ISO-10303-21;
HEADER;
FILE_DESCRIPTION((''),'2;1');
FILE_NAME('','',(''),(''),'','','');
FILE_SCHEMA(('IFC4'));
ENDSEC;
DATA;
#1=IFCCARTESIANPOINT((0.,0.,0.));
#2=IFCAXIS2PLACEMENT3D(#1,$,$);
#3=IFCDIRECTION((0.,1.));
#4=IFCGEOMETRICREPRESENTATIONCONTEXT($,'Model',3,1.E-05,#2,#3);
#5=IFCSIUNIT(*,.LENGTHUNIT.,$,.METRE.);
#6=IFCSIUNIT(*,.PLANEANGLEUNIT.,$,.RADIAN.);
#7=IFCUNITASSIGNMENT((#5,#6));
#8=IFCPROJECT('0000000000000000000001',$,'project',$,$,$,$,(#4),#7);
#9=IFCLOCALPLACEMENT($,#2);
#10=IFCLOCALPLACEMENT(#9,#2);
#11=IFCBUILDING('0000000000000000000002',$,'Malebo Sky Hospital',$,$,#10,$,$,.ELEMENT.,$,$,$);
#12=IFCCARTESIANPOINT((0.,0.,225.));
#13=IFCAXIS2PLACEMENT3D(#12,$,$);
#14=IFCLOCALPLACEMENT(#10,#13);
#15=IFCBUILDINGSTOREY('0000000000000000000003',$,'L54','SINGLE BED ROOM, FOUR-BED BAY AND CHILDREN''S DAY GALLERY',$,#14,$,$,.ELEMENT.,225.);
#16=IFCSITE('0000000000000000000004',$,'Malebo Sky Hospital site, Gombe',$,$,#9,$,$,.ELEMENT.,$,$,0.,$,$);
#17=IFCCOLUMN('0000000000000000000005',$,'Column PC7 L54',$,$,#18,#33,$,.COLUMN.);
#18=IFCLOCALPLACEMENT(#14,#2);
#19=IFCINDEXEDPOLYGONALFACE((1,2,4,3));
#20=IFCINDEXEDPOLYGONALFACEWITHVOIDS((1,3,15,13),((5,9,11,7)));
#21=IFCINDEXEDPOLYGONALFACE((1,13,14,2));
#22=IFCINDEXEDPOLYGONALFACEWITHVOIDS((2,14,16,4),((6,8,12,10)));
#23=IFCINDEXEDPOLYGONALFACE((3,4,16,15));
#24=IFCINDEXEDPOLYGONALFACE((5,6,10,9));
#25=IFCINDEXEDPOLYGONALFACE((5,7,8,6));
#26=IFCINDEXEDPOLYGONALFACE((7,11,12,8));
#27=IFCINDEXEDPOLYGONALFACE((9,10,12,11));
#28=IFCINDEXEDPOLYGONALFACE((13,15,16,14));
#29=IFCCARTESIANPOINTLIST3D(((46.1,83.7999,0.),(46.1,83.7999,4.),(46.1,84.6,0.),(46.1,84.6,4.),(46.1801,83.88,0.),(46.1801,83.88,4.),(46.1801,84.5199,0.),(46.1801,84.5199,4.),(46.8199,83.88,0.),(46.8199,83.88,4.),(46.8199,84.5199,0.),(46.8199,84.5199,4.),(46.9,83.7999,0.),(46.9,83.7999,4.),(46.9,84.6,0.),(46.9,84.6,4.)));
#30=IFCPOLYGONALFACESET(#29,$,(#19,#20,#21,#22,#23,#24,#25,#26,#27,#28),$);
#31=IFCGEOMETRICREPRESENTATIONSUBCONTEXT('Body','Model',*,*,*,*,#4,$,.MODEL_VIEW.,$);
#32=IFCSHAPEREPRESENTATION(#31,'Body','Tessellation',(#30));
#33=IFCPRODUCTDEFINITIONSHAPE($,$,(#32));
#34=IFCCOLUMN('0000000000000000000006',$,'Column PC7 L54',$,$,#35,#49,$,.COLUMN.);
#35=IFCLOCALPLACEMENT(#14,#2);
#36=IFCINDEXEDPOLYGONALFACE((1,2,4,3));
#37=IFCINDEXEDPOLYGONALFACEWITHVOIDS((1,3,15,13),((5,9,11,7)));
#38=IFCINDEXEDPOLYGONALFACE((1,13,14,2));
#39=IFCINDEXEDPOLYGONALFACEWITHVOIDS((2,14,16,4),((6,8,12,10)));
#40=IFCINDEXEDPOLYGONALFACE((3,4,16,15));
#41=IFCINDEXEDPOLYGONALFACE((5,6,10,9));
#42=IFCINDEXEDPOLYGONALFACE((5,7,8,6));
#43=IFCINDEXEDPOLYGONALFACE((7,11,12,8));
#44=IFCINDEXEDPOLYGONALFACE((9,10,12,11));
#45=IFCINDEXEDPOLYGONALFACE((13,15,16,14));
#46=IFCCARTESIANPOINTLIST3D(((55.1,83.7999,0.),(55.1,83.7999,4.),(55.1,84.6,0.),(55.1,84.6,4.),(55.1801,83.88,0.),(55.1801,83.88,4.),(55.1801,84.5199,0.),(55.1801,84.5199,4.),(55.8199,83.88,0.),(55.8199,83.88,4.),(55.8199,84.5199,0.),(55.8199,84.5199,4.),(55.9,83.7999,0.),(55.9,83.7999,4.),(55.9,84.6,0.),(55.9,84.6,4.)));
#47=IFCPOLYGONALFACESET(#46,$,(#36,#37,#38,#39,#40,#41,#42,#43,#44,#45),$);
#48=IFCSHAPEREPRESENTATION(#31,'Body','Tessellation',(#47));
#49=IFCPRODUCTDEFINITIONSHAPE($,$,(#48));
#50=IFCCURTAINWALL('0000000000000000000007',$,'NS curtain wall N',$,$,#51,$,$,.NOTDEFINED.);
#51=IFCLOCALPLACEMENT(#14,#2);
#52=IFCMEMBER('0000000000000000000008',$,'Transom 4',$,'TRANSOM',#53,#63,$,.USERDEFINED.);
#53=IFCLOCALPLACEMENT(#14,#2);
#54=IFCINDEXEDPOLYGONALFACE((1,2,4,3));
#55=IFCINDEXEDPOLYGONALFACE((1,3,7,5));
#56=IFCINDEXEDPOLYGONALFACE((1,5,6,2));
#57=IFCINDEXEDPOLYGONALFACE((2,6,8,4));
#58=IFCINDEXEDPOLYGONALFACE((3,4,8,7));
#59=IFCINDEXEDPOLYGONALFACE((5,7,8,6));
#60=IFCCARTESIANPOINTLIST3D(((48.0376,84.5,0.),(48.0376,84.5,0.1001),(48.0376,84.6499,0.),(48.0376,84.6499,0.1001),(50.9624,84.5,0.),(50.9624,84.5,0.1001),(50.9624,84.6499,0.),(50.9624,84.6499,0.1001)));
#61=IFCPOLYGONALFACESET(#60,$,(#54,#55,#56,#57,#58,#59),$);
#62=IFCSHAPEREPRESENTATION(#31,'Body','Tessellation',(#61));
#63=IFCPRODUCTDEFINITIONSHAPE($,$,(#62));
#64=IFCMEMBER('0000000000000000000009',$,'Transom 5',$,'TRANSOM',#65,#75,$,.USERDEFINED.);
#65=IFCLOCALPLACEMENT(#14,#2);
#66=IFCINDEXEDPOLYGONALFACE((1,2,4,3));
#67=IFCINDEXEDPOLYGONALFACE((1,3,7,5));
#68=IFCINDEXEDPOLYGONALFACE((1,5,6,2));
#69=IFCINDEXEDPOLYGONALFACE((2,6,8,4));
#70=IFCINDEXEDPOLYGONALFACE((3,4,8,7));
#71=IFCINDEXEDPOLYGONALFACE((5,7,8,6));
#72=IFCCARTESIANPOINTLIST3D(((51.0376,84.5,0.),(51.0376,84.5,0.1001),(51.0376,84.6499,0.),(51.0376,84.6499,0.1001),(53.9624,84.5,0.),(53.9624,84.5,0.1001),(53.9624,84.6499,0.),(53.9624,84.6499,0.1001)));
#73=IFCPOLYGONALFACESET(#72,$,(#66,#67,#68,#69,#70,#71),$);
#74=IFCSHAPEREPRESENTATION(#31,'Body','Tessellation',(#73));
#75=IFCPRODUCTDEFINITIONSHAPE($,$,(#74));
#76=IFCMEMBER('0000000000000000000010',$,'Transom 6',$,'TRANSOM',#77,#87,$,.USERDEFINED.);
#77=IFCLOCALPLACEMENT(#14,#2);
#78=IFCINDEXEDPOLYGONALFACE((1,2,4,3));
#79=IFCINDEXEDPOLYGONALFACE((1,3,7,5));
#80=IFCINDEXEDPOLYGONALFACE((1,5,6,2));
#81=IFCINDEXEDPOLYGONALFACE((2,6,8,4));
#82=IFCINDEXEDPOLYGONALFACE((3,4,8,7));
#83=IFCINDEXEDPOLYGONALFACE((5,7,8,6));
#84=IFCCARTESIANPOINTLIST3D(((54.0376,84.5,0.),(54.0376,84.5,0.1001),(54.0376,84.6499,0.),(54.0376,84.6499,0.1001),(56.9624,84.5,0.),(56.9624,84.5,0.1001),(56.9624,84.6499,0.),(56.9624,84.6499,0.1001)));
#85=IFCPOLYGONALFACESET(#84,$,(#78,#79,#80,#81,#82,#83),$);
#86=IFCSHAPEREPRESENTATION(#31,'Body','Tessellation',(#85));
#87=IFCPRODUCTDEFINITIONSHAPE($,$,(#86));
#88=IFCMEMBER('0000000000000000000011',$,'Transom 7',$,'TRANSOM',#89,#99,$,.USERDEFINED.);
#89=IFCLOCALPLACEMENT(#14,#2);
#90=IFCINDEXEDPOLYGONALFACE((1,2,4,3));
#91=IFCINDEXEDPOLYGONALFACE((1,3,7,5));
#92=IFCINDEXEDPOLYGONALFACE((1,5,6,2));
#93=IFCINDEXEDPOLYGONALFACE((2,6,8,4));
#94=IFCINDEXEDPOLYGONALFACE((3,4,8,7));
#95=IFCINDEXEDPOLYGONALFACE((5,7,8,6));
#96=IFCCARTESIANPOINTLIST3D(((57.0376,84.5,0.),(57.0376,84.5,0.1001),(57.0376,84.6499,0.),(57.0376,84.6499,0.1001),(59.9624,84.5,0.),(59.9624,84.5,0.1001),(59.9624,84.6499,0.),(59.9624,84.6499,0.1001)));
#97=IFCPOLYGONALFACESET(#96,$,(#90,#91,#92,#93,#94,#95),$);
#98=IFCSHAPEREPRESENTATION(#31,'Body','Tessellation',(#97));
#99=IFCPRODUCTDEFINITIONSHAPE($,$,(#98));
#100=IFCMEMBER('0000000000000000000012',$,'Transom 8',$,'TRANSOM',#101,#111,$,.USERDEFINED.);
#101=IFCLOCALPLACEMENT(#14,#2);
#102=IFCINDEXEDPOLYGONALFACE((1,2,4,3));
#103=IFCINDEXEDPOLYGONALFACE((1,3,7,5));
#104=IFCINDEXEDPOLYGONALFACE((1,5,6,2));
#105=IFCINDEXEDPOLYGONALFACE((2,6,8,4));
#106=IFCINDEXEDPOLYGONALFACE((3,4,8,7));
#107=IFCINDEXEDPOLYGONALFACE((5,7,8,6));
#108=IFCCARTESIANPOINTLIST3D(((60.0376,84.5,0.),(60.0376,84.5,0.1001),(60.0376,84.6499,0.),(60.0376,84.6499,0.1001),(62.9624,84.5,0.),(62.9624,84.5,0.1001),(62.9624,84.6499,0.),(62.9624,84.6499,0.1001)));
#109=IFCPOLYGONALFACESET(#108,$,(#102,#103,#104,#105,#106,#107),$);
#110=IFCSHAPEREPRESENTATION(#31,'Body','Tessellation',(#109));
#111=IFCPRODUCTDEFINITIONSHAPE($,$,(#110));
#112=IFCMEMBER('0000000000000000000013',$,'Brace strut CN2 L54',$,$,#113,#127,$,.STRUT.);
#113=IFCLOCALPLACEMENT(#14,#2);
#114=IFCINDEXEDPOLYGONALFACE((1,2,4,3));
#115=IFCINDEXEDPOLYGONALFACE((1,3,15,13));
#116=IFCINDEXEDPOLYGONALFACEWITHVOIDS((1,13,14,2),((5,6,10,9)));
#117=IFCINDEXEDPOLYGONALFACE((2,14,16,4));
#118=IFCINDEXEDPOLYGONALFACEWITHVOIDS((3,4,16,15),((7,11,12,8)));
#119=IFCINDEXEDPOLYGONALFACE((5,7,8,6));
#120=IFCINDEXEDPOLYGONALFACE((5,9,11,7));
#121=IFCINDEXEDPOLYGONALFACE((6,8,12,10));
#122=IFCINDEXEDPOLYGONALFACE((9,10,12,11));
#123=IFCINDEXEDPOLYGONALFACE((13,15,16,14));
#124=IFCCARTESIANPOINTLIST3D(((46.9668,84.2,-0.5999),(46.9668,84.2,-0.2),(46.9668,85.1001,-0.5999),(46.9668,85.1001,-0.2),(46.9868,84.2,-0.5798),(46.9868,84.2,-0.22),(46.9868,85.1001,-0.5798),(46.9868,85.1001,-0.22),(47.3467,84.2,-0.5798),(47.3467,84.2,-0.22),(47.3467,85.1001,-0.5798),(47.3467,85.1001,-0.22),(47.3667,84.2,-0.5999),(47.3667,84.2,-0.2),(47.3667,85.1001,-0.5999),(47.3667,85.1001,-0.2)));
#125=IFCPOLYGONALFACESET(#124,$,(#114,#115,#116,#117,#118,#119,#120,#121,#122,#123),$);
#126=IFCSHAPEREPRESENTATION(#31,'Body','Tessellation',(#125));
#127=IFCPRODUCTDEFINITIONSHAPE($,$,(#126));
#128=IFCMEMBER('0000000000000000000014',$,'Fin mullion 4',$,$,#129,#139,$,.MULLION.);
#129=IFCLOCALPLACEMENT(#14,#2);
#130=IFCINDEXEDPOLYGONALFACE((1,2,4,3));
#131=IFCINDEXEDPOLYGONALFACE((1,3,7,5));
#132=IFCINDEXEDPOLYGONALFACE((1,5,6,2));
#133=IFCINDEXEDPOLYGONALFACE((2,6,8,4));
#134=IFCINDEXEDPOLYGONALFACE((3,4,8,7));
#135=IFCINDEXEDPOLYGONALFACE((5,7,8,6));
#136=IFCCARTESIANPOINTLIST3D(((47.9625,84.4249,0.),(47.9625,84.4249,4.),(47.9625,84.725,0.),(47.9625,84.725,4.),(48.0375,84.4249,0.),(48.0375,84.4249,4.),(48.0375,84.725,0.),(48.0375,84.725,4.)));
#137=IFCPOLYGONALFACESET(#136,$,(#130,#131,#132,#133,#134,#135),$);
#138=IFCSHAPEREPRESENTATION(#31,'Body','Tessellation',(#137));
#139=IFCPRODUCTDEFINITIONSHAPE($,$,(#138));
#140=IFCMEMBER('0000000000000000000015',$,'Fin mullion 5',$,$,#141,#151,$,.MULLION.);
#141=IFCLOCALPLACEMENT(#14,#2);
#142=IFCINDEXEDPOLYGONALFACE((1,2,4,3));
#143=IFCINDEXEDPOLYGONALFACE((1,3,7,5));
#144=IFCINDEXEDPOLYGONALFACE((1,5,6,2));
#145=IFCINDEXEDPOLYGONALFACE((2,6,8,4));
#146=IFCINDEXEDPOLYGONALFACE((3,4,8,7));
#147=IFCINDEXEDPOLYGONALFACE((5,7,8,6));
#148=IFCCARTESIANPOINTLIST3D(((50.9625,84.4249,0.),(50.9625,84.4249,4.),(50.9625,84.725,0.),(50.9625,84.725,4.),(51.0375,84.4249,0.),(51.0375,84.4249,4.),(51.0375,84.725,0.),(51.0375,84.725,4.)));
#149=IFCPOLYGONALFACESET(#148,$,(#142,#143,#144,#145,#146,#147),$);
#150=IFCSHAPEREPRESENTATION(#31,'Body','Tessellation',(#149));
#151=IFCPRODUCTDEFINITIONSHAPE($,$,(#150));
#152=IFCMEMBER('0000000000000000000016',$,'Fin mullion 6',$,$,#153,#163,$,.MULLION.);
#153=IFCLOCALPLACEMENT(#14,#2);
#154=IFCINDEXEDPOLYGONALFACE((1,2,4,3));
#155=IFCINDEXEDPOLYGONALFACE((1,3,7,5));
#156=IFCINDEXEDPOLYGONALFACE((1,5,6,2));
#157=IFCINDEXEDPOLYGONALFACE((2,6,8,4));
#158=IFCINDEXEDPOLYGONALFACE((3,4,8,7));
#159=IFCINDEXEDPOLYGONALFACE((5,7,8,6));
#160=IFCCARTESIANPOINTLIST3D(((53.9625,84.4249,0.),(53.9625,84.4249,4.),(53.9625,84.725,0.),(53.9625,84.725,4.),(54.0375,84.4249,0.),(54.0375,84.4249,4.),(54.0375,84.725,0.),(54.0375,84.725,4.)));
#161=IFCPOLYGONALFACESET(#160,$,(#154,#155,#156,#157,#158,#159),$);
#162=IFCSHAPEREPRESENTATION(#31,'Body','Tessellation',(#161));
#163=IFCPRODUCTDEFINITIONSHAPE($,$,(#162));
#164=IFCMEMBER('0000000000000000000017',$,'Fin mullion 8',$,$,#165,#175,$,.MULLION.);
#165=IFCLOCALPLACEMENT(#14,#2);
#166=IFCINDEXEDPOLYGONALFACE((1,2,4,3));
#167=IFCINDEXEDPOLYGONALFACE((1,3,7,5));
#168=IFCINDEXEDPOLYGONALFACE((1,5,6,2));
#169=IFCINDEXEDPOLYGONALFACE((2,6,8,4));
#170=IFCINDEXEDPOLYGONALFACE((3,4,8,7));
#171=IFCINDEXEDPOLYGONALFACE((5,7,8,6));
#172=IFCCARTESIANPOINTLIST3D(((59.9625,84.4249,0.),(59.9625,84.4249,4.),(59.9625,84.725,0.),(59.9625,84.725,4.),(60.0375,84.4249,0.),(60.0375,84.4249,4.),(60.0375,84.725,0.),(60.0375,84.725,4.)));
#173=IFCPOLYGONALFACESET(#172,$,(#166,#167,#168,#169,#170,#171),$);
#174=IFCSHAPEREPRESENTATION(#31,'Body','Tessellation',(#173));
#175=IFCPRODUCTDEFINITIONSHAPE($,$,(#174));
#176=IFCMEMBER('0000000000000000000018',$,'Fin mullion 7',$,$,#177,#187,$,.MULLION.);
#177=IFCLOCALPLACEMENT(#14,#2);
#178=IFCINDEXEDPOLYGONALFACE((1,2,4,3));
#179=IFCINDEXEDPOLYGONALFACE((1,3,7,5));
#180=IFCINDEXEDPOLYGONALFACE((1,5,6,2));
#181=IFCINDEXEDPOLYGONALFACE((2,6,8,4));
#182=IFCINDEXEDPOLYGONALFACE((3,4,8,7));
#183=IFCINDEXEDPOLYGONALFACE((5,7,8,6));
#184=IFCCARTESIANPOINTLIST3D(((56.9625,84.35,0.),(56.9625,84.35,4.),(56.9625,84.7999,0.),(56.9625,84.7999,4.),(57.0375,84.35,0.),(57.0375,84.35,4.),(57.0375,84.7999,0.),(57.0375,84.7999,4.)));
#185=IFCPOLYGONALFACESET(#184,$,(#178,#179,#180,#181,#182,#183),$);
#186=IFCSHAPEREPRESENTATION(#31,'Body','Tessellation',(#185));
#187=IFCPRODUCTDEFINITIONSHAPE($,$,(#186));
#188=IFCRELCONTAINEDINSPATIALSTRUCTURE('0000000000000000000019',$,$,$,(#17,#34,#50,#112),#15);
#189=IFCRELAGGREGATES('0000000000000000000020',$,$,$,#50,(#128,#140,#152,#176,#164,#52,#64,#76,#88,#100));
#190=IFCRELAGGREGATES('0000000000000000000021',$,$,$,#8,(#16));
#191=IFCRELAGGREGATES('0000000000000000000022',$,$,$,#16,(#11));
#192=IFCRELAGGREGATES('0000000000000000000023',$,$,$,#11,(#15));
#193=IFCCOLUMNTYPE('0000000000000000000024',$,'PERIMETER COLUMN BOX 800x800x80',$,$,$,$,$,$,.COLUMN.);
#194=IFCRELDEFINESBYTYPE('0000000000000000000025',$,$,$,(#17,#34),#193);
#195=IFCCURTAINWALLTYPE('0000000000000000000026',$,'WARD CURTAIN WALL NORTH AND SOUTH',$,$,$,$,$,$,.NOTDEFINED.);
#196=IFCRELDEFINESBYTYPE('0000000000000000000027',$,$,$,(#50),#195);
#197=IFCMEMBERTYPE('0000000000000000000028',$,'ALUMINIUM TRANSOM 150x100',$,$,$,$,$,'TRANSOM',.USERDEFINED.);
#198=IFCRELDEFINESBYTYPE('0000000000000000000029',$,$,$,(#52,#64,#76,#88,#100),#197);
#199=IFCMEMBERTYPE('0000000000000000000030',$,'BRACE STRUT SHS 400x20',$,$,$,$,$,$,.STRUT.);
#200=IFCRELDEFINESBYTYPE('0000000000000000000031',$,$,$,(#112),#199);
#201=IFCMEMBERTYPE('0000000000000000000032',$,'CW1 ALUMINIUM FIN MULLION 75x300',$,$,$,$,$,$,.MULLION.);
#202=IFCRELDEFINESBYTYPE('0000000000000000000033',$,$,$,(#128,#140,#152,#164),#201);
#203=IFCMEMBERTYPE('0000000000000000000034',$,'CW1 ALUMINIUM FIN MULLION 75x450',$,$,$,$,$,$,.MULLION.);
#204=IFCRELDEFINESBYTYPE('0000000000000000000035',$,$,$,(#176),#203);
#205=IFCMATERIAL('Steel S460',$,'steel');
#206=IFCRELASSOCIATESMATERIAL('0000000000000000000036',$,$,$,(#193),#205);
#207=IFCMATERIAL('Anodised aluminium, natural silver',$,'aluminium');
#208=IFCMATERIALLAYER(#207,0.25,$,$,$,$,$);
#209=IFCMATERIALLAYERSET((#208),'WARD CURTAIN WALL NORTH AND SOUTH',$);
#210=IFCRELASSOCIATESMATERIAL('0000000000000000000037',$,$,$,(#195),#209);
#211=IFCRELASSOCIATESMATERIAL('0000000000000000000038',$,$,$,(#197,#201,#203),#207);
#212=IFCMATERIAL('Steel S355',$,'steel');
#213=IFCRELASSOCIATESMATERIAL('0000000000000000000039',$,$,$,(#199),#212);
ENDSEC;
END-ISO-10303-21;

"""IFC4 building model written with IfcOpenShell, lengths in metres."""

from ifc_helpers import new_model, si_unit, direction, frame, origin, origin_2d, place, context, subcontext, project, spatial, rectangle, hollow_rectangle, extrude, material, layer, layer_set, material_profile, profile_set, type_object, element, aggregate, save


model = new_model("IFC4")

# Units and contexts
model_context = context("Model", 3, precision=1e-05, world=origin(), true_north=direction((0.0, 1.0)))
body_context = subcontext(model_context, "Body", "Model", "MODEL_VIEW")
ifc_project = project(units=[si_unit("LENGTHUNIT", "METRE"), si_unit("PLANEANGLEUNIT", "RADIAN")], contexts=[model_context])

# Site, building, storey
site_placement = place(None, origin())
site = spatial("IfcSite", under=ifc_project, at=site_placement, Name="Malebo Sky Hospital site, Gombe", CompositionType="ELEMENT", RefElevation=0.0)
building_placement = place(site_placement, origin())
building = spatial("IfcBuilding", under=site, at=building_placement, Name="Malebo Sky Hospital", CompositionType="ELEMENT")
storey_placement = place(building_placement, frame((0.0, 0.0, 225.0)))
storey = spatial("IfcBuildingStorey", under=building, at=storey_placement, Name="L54", Description="SINGLE BED ROOM, FOUR-BED BAY AND CHILDREN'S DAY GALLERY", CompositionType="ELEMENT", Elevation=225.0)

# Columns
ifc_material_1 = material(Name="Steel S460", Category="steel")
ifc_material_profile_1 = material_profile(ifc_material_1, hollow_rectangle(XDim=0.8, YDim=0.8, WallThickness=0.0801, at=origin_2d()), Name="BOX 800x800x80")
ifc_profile_set_1 = profile_set([ifc_material_profile_1], Name="Steel S460")
column_type = type_object("IfcColumnType", Name="PERIMETER COLUMN BOX 800x800x80", PredefinedType="COLUMN", material=ifc_profile_set_1)
for number, where, z_axis, x_axis, name in (
    (1, (46.5, 84.2, 0.0), (0.0, 0.0, 1.0), (1.0, 0.0, 0.0), "Column PC7 L54"),
    (2, (55.5, 84.2, 0.0), (0.0, 0.0, 1.0), (1.0, 0.0, 0.0), "Column PC7 L54"),
):
    element("IfcColumn", number, at=place(storey_placement, frame(where, z_axis=z_axis, x_axis=x_axis)), inside=storey, type_object=column_type, Name=name, PredefinedType="COLUMN", context=body_context, shape_type="SweptSolid", body=[
        extrude(hollow_rectangle(XDim=0.8, YDim=0.8, WallThickness=0.0801, at=origin_2d()), origin(), (0.0, 0.0, 1.0), 4.0),
    ])

# Curtain wall, members
ifc_material_2 = material(Name="Anodised aluminium, natural silver", Category="aluminium")
ifc_layer_1 = layer(ifc_material_2, 0.25)
ifc_layer_set_1 = layer_set([ifc_layer_1], Name="WARD CURTAIN WALL NORTH AND SOUTH")
curtain_wall_type = type_object("IfcCurtainWallType", Name="WARD CURTAIN WALL NORTH AND SOUTH", PredefinedType="NOTDEFINED", material=ifc_layer_set_1)
curtain_wall_placement = place(storey_placement, origin())
curtain_wall = element("IfcCurtainWall", 3, at=curtain_wall_placement, inside=storey, type_object=curtain_wall_type, Name="NS curtain wall N", PredefinedType="NOTDEFINED")
ifc_material_profile_2 = material_profile(ifc_material_2, rectangle(XDim=0.1499, YDim=0.1001, at=origin_2d()), Name="ALUMINIUM TRANSOM 150x100")
ifc_profile_set_2 = profile_set([ifc_material_profile_2], Name="Anodised aluminium, natural silver")
member_type_1 = type_object("IfcMemberType", Name="ALUMINIUM TRANSOM 150x100", ElementType="TRANSOM", PredefinedType="USERDEFINED", material=ifc_profile_set_2)
member_1_placement = place(storey_placement, frame((48.0376, 84.575, 0.05), z_axis=(1.0, 0.0, 0.0), x_axis=(0.0, 1.0, 0.0)))
member_1 = element("IfcMember", 4, at=member_1_placement, type_object=member_type_1, Name="Transom 4", ObjectType="TRANSOM", PredefinedType="USERDEFINED", context=body_context, shape_type="SweptSolid", body=[
    extrude(rectangle(XDim=0.1499, YDim=0.1001, at=origin_2d()), origin(), (0.0, 0.0, 1.0), 2.9248),
])
member_2_placement = place(storey_placement, frame((51.0376, 84.575, 0.05), z_axis=(1.0, 0.0, 0.0), x_axis=(0.0, 1.0, 0.0)))
member_2 = element("IfcMember", 5, at=member_2_placement, type_object=member_type_1, Name="Transom 5", ObjectType="TRANSOM", PredefinedType="USERDEFINED", context=body_context, shape_type="SweptSolid", body=[
    extrude(rectangle(XDim=0.1499, YDim=0.1001, at=origin_2d()), origin(), (0.0, 0.0, 1.0), 2.9248),
])
member_3_placement = place(storey_placement, frame((54.0376, 84.575, 0.05), z_axis=(1.0, 0.0, 0.0), x_axis=(0.0, 1.0, 0.0)))
member_3 = element("IfcMember", 6, at=member_3_placement, type_object=member_type_1, Name="Transom 6", ObjectType="TRANSOM", PredefinedType="USERDEFINED", context=body_context, shape_type="SweptSolid", body=[
    extrude(rectangle(XDim=0.1499, YDim=0.1001, at=origin_2d()), origin(), (0.0, 0.0, 1.0), 2.9248),
])
member_4_placement = place(storey_placement, frame((57.0376, 84.575, 0.05), z_axis=(1.0, 0.0, 0.0), x_axis=(0.0, 1.0, 0.0)))
member_4 = element("IfcMember", 7, at=member_4_placement, type_object=member_type_1, Name="Transom 7", ObjectType="TRANSOM", PredefinedType="USERDEFINED", context=body_context, shape_type="SweptSolid", body=[
    extrude(rectangle(XDim=0.1499, YDim=0.1001, at=origin_2d()), origin(), (0.0, 0.0, 1.0), 2.9248),
])
member_5_placement = place(storey_placement, frame((60.0376, 84.575, 0.05), z_axis=(1.0, 0.0, 0.0), x_axis=(0.0, 1.0, 0.0)))
member_5 = element("IfcMember", 8, at=member_5_placement, type_object=member_type_1, Name="Transom 8", ObjectType="TRANSOM", PredefinedType="USERDEFINED", context=body_context, shape_type="SweptSolid", body=[
    extrude(rectangle(XDim=0.1499, YDim=0.1001, at=origin_2d()), origin(), (0.0, 0.0, 1.0), 2.9248),
])

# Members
ifc_material_3 = material(Name="Steel S355", Category="steel")
ifc_material_profile_3 = material_profile(ifc_material_3, hollow_rectangle(XDim=0.3999, YDim=0.3999, WallThickness=0.02, at=origin_2d()), Name="SHS 400x20")
ifc_profile_set_3 = profile_set([ifc_material_profile_3], Name="Steel S355")
member_type_2 = type_object("IfcMemberType", Name="BRACE STRUT SHS 400x20", PredefinedType="STRUT", material=ifc_profile_set_3)
member_6_placement = place(storey_placement, frame((47.1667, 85.1001, -0.3999), z_axis=(0.0, -1.0, 0.0), x_axis=(1.0, 0.0, 0.0)))
element("IfcMember", 9, at=member_6_placement, inside=storey, type_object=member_type_2, Name="Brace strut CN2 L54", PredefinedType="STRUT", context=body_context, shape_type="SweptSolid", body=[
    extrude(hollow_rectangle(XDim=0.3999, YDim=0.3999, WallThickness=0.02, at=origin_2d()), origin(), (0.0, 0.0, 1.0), 0.9001),
])
ifc_material_profile_4 = material_profile(ifc_material_2, rectangle(XDim=0.075, YDim=0.3, at=origin_2d()), Name="CW1 ALUMINIUM FIN MULLION 75x300")
ifc_profile_set_4 = profile_set([ifc_material_profile_4], Name="Anodised aluminium, natural silver")
member_type_3 = type_object("IfcMemberType", Name="CW1 ALUMINIUM FIN MULLION 75x300", PredefinedType="MULLION", material=ifc_profile_set_4)
member_7_placement = place(storey_placement, frame((48.0, 84.575, 0.0), z_axis=(0.0, 0.0, 1.0), x_axis=(1.0, 0.0, 0.0)))
member_7 = element("IfcMember", 10, at=member_7_placement, type_object=member_type_3, Name="Fin mullion 4", PredefinedType="MULLION", context=body_context, shape_type="SweptSolid", body=[
    extrude(rectangle(XDim=0.075, YDim=0.3, at=origin_2d()), origin(), (0.0, 0.0, 1.0), 4.0),
])
member_8_placement = place(storey_placement, frame((51.0, 84.575, 0.0), z_axis=(0.0, 0.0, 1.0), x_axis=(1.0, 0.0, 0.0)))
member_8 = element("IfcMember", 11, at=member_8_placement, type_object=member_type_3, Name="Fin mullion 5", PredefinedType="MULLION", context=body_context, shape_type="SweptSolid", body=[
    extrude(rectangle(XDim=0.075, YDim=0.3, at=origin_2d()), origin(), (0.0, 0.0, 1.0), 4.0),
])
member_9_placement = place(storey_placement, frame((54.0, 84.575, 0.0), z_axis=(0.0, 0.0, 1.0), x_axis=(1.0, 0.0, 0.0)))
member_9 = element("IfcMember", 12, at=member_9_placement, type_object=member_type_3, Name="Fin mullion 6", PredefinedType="MULLION", context=body_context, shape_type="SweptSolid", body=[
    extrude(rectangle(XDim=0.075, YDim=0.3, at=origin_2d()), origin(), (0.0, 0.0, 1.0), 4.0),
])
member_10_placement = place(storey_placement, frame((60.0, 84.575, 0.0), z_axis=(0.0, 0.0, 1.0), x_axis=(1.0, 0.0, 0.0)))
member_10 = element("IfcMember", 13, at=member_10_placement, type_object=member_type_3, Name="Fin mullion 8", PredefinedType="MULLION", context=body_context, shape_type="SweptSolid", body=[
    extrude(rectangle(XDim=0.075, YDim=0.3, at=origin_2d()), origin(), (0.0, 0.0, 1.0), 4.0),
])
ifc_material_profile_5 = material_profile(ifc_material_2, rectangle(XDim=0.075, YDim=0.45, at=origin_2d()), Name="CW1 ALUMINIUM FIN MULLION 75x450")
ifc_profile_set_5 = profile_set([ifc_material_profile_5], Name="Anodised aluminium, natural silver")
member_type_4 = type_object("IfcMemberType", Name="CW1 ALUMINIUM FIN MULLION 75x450", PredefinedType="MULLION", material=ifc_profile_set_5)
member_11_placement = place(storey_placement, frame((57.0, 84.575, 0.0), z_axis=(0.0, 0.0, 1.0), x_axis=(1.0, 0.0, 0.0)))
member_11 = element("IfcMember", 14, at=member_11_placement, type_object=member_type_4, Name="Fin mullion 7", PredefinedType="MULLION", context=body_context, shape_type="SweptSolid", body=[
    extrude(rectangle(XDim=0.075, YDim=0.45, at=origin_2d()), origin(), (0.0, 0.0, 1.0), 4.0),
])

aggregate(curtain_wall, [member_7, member_8, member_9, member_11, member_10, member_1, member_2, member_3, member_4, member_5])

save(model, "model.ifc")
